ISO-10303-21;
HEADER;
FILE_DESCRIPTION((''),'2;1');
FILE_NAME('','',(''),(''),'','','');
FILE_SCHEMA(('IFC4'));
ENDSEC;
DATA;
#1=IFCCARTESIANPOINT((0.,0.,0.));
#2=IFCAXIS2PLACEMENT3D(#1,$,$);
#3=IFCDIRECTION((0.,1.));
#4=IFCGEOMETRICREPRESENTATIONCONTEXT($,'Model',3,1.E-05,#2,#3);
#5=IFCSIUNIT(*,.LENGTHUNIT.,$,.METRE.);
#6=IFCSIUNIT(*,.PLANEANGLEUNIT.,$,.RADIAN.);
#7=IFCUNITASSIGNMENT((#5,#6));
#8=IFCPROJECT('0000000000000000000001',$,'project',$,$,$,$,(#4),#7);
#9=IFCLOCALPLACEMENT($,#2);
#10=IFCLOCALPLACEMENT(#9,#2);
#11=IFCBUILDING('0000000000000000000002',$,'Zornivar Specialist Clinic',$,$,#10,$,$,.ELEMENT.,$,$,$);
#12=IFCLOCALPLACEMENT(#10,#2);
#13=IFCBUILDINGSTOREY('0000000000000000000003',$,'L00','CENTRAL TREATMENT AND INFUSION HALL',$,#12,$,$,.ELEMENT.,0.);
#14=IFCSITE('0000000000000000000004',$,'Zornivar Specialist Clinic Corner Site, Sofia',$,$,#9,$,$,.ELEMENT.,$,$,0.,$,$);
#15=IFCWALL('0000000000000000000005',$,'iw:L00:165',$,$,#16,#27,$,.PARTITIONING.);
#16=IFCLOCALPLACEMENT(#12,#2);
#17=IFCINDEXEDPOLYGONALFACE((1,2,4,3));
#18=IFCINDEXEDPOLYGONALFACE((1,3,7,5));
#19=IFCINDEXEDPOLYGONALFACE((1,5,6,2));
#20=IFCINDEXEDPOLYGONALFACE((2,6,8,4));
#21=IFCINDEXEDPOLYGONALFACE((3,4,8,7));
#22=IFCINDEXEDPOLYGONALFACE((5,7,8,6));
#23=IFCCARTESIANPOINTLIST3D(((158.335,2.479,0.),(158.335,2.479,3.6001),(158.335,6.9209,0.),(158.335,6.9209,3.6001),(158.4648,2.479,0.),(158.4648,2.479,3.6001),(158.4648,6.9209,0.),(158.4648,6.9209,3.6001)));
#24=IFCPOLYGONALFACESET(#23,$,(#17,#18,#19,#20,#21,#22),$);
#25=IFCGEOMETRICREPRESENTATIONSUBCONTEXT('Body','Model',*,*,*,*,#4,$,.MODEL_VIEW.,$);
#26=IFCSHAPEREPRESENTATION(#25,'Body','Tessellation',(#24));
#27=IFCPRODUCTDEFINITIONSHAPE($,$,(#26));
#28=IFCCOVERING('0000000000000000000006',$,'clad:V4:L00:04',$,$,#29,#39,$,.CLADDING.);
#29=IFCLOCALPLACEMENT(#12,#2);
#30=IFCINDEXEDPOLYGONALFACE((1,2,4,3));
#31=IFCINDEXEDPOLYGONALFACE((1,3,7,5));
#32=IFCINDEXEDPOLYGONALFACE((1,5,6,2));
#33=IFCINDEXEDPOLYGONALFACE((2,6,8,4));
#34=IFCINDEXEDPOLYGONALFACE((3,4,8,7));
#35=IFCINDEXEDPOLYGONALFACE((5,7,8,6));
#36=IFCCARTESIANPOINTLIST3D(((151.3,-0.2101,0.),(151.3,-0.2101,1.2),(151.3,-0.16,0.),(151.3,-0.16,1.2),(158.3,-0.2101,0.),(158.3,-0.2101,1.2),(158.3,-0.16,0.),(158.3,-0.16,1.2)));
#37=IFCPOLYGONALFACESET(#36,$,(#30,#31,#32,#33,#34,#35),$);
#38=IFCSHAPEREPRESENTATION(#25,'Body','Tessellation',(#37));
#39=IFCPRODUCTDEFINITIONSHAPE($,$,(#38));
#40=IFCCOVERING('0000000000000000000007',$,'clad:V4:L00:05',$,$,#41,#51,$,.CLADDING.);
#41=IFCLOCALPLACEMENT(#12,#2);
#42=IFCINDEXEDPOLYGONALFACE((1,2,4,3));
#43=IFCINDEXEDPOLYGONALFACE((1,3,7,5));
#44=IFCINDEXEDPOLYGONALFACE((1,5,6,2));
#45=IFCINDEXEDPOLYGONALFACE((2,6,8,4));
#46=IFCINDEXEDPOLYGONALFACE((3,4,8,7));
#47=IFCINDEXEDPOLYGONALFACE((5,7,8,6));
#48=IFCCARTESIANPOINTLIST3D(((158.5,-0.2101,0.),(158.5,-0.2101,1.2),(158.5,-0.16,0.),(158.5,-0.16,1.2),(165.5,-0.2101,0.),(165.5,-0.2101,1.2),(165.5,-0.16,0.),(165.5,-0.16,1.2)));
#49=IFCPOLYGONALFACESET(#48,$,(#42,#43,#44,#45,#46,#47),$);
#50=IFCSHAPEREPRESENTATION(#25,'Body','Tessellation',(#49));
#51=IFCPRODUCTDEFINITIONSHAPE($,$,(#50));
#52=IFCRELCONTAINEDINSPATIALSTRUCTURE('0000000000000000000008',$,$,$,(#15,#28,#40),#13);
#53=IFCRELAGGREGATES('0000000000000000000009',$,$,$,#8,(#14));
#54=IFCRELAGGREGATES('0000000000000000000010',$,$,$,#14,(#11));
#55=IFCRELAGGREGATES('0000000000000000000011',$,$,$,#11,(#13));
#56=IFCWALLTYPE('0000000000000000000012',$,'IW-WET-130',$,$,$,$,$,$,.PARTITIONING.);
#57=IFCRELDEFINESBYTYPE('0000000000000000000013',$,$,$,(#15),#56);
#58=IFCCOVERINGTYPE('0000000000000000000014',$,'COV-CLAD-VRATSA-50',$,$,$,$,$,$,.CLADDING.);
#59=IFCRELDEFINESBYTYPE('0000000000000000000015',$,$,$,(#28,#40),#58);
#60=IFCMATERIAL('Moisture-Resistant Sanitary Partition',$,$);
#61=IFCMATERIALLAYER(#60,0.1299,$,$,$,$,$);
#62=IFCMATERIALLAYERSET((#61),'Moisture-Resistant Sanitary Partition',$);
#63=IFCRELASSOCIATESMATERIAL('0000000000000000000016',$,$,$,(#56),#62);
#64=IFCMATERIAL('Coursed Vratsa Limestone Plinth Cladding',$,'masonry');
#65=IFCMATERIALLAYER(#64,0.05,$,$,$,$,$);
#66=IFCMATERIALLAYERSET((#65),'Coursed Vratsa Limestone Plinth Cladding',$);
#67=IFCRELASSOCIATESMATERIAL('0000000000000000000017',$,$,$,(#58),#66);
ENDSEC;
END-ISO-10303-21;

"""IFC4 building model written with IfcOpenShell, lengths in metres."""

from ifc_helpers import new_model, si_unit, direction, frame, frame_2d, origin, origin_2d, place, context, subcontext, project, spatial, rectangle, extrude, material, layer, layer_set, type_object, element, save


model = new_model("IFC4")

# Units and contexts
model_context = context("Model", 3, precision=1e-05, world=origin(), true_north=direction((0.0, 1.0)))
body_context = subcontext(model_context, "Body", "Model", "MODEL_VIEW")
ifc_project = project(units=[si_unit("LENGTHUNIT", "METRE"), si_unit("PLANEANGLEUNIT", "RADIAN")], contexts=[model_context])

# Site, building, storey
site_placement = place(None, origin())
site = spatial("IfcSite", under=ifc_project, at=site_placement, Name="Zornivar Specialist Clinic Corner Site, Sofia", CompositionType="ELEMENT", RefElevation=0.0)
building_placement = place(site_placement, origin())
building = spatial("IfcBuilding", under=site, at=building_placement, Name="Zornivar Specialist Clinic", CompositionType="ELEMENT")
storey_placement = place(building_placement, origin())
storey = spatial("IfcBuildingStorey", under=building, at=storey_placement, Name="L00", Description="CENTRAL TREATMENT AND INFUSION HALL", CompositionType="ELEMENT", Elevation=0.0)

# Wall
ifc_material_1 = material(Name="Moisture-Resistant Sanitary Partition")
ifc_layer_1 = layer(ifc_material_1, 0.1299)
ifc_layer_set_1 = layer_set([ifc_layer_1], Name="Moisture-Resistant Sanitary Partition")
wall_type_1 = type_object("IfcWallType", Name="IW-WET-130", PredefinedType="PARTITIONING", material=ifc_layer_set_1)
wall_1_placement = place(storey_placement, frame((158.3999, 6.9209, 0.0), z_axis=(0.0, 0.0, 1.0), x_axis=(0.0, -1.0, 0.0)))
element("IfcWall", 1, at=wall_1_placement, inside=storey, type_object=wall_type_1, Name="iw:L00:165", PredefinedType="PARTITIONING", context=body_context, shape_type="SweptSolid", body=[
    extrude(rectangle(XDim=4.4419, YDim=0.1299, at=frame_2d((2.2209, 0.0))), origin(), (0.0, 0.0, 1.0), 3.6001),
])

# Coverings
ifc_material_2 = material(Name="Coursed Vratsa Limestone Plinth Cladding", Category="masonry")
ifc_layer_2 = layer(ifc_material_2, 0.05)
ifc_layer_set_2 = layer_set([ifc_layer_2], Name="Coursed Vratsa Limestone Plinth Cladding")
covering_type = type_object("IfcCoveringType", Name="COV-CLAD-VRATSA-50", PredefinedType="CLADDING", material=ifc_layer_set_2)
for number, where, z_axis, x_axis, name in (
    (2, (154.8, -0.1851, 0.0), (0.0, 0.0, 1.0), (1.0, 0.0, 0.0), "clad:V4:L00:04"),
    (3, (162.0, -0.1851, 0.0), (0.0, 0.0, 1.0), (1.0, 0.0, 0.0), "clad:V4:L00:05"),
):
    element("IfcCovering", number, at=place(storey_placement, frame(where, z_axis=z_axis, x_axis=x_axis)), inside=storey, type_object=covering_type, Name=name, PredefinedType="CLADDING", context=body_context, shape_type="SweptSolid", body=[
        extrude(rectangle(XDim=7.0, YDim=0.05, at=origin_2d()), origin(), (0.0, 0.0, 1.0), 1.2),
    ])

save(model, "model.ifc")
